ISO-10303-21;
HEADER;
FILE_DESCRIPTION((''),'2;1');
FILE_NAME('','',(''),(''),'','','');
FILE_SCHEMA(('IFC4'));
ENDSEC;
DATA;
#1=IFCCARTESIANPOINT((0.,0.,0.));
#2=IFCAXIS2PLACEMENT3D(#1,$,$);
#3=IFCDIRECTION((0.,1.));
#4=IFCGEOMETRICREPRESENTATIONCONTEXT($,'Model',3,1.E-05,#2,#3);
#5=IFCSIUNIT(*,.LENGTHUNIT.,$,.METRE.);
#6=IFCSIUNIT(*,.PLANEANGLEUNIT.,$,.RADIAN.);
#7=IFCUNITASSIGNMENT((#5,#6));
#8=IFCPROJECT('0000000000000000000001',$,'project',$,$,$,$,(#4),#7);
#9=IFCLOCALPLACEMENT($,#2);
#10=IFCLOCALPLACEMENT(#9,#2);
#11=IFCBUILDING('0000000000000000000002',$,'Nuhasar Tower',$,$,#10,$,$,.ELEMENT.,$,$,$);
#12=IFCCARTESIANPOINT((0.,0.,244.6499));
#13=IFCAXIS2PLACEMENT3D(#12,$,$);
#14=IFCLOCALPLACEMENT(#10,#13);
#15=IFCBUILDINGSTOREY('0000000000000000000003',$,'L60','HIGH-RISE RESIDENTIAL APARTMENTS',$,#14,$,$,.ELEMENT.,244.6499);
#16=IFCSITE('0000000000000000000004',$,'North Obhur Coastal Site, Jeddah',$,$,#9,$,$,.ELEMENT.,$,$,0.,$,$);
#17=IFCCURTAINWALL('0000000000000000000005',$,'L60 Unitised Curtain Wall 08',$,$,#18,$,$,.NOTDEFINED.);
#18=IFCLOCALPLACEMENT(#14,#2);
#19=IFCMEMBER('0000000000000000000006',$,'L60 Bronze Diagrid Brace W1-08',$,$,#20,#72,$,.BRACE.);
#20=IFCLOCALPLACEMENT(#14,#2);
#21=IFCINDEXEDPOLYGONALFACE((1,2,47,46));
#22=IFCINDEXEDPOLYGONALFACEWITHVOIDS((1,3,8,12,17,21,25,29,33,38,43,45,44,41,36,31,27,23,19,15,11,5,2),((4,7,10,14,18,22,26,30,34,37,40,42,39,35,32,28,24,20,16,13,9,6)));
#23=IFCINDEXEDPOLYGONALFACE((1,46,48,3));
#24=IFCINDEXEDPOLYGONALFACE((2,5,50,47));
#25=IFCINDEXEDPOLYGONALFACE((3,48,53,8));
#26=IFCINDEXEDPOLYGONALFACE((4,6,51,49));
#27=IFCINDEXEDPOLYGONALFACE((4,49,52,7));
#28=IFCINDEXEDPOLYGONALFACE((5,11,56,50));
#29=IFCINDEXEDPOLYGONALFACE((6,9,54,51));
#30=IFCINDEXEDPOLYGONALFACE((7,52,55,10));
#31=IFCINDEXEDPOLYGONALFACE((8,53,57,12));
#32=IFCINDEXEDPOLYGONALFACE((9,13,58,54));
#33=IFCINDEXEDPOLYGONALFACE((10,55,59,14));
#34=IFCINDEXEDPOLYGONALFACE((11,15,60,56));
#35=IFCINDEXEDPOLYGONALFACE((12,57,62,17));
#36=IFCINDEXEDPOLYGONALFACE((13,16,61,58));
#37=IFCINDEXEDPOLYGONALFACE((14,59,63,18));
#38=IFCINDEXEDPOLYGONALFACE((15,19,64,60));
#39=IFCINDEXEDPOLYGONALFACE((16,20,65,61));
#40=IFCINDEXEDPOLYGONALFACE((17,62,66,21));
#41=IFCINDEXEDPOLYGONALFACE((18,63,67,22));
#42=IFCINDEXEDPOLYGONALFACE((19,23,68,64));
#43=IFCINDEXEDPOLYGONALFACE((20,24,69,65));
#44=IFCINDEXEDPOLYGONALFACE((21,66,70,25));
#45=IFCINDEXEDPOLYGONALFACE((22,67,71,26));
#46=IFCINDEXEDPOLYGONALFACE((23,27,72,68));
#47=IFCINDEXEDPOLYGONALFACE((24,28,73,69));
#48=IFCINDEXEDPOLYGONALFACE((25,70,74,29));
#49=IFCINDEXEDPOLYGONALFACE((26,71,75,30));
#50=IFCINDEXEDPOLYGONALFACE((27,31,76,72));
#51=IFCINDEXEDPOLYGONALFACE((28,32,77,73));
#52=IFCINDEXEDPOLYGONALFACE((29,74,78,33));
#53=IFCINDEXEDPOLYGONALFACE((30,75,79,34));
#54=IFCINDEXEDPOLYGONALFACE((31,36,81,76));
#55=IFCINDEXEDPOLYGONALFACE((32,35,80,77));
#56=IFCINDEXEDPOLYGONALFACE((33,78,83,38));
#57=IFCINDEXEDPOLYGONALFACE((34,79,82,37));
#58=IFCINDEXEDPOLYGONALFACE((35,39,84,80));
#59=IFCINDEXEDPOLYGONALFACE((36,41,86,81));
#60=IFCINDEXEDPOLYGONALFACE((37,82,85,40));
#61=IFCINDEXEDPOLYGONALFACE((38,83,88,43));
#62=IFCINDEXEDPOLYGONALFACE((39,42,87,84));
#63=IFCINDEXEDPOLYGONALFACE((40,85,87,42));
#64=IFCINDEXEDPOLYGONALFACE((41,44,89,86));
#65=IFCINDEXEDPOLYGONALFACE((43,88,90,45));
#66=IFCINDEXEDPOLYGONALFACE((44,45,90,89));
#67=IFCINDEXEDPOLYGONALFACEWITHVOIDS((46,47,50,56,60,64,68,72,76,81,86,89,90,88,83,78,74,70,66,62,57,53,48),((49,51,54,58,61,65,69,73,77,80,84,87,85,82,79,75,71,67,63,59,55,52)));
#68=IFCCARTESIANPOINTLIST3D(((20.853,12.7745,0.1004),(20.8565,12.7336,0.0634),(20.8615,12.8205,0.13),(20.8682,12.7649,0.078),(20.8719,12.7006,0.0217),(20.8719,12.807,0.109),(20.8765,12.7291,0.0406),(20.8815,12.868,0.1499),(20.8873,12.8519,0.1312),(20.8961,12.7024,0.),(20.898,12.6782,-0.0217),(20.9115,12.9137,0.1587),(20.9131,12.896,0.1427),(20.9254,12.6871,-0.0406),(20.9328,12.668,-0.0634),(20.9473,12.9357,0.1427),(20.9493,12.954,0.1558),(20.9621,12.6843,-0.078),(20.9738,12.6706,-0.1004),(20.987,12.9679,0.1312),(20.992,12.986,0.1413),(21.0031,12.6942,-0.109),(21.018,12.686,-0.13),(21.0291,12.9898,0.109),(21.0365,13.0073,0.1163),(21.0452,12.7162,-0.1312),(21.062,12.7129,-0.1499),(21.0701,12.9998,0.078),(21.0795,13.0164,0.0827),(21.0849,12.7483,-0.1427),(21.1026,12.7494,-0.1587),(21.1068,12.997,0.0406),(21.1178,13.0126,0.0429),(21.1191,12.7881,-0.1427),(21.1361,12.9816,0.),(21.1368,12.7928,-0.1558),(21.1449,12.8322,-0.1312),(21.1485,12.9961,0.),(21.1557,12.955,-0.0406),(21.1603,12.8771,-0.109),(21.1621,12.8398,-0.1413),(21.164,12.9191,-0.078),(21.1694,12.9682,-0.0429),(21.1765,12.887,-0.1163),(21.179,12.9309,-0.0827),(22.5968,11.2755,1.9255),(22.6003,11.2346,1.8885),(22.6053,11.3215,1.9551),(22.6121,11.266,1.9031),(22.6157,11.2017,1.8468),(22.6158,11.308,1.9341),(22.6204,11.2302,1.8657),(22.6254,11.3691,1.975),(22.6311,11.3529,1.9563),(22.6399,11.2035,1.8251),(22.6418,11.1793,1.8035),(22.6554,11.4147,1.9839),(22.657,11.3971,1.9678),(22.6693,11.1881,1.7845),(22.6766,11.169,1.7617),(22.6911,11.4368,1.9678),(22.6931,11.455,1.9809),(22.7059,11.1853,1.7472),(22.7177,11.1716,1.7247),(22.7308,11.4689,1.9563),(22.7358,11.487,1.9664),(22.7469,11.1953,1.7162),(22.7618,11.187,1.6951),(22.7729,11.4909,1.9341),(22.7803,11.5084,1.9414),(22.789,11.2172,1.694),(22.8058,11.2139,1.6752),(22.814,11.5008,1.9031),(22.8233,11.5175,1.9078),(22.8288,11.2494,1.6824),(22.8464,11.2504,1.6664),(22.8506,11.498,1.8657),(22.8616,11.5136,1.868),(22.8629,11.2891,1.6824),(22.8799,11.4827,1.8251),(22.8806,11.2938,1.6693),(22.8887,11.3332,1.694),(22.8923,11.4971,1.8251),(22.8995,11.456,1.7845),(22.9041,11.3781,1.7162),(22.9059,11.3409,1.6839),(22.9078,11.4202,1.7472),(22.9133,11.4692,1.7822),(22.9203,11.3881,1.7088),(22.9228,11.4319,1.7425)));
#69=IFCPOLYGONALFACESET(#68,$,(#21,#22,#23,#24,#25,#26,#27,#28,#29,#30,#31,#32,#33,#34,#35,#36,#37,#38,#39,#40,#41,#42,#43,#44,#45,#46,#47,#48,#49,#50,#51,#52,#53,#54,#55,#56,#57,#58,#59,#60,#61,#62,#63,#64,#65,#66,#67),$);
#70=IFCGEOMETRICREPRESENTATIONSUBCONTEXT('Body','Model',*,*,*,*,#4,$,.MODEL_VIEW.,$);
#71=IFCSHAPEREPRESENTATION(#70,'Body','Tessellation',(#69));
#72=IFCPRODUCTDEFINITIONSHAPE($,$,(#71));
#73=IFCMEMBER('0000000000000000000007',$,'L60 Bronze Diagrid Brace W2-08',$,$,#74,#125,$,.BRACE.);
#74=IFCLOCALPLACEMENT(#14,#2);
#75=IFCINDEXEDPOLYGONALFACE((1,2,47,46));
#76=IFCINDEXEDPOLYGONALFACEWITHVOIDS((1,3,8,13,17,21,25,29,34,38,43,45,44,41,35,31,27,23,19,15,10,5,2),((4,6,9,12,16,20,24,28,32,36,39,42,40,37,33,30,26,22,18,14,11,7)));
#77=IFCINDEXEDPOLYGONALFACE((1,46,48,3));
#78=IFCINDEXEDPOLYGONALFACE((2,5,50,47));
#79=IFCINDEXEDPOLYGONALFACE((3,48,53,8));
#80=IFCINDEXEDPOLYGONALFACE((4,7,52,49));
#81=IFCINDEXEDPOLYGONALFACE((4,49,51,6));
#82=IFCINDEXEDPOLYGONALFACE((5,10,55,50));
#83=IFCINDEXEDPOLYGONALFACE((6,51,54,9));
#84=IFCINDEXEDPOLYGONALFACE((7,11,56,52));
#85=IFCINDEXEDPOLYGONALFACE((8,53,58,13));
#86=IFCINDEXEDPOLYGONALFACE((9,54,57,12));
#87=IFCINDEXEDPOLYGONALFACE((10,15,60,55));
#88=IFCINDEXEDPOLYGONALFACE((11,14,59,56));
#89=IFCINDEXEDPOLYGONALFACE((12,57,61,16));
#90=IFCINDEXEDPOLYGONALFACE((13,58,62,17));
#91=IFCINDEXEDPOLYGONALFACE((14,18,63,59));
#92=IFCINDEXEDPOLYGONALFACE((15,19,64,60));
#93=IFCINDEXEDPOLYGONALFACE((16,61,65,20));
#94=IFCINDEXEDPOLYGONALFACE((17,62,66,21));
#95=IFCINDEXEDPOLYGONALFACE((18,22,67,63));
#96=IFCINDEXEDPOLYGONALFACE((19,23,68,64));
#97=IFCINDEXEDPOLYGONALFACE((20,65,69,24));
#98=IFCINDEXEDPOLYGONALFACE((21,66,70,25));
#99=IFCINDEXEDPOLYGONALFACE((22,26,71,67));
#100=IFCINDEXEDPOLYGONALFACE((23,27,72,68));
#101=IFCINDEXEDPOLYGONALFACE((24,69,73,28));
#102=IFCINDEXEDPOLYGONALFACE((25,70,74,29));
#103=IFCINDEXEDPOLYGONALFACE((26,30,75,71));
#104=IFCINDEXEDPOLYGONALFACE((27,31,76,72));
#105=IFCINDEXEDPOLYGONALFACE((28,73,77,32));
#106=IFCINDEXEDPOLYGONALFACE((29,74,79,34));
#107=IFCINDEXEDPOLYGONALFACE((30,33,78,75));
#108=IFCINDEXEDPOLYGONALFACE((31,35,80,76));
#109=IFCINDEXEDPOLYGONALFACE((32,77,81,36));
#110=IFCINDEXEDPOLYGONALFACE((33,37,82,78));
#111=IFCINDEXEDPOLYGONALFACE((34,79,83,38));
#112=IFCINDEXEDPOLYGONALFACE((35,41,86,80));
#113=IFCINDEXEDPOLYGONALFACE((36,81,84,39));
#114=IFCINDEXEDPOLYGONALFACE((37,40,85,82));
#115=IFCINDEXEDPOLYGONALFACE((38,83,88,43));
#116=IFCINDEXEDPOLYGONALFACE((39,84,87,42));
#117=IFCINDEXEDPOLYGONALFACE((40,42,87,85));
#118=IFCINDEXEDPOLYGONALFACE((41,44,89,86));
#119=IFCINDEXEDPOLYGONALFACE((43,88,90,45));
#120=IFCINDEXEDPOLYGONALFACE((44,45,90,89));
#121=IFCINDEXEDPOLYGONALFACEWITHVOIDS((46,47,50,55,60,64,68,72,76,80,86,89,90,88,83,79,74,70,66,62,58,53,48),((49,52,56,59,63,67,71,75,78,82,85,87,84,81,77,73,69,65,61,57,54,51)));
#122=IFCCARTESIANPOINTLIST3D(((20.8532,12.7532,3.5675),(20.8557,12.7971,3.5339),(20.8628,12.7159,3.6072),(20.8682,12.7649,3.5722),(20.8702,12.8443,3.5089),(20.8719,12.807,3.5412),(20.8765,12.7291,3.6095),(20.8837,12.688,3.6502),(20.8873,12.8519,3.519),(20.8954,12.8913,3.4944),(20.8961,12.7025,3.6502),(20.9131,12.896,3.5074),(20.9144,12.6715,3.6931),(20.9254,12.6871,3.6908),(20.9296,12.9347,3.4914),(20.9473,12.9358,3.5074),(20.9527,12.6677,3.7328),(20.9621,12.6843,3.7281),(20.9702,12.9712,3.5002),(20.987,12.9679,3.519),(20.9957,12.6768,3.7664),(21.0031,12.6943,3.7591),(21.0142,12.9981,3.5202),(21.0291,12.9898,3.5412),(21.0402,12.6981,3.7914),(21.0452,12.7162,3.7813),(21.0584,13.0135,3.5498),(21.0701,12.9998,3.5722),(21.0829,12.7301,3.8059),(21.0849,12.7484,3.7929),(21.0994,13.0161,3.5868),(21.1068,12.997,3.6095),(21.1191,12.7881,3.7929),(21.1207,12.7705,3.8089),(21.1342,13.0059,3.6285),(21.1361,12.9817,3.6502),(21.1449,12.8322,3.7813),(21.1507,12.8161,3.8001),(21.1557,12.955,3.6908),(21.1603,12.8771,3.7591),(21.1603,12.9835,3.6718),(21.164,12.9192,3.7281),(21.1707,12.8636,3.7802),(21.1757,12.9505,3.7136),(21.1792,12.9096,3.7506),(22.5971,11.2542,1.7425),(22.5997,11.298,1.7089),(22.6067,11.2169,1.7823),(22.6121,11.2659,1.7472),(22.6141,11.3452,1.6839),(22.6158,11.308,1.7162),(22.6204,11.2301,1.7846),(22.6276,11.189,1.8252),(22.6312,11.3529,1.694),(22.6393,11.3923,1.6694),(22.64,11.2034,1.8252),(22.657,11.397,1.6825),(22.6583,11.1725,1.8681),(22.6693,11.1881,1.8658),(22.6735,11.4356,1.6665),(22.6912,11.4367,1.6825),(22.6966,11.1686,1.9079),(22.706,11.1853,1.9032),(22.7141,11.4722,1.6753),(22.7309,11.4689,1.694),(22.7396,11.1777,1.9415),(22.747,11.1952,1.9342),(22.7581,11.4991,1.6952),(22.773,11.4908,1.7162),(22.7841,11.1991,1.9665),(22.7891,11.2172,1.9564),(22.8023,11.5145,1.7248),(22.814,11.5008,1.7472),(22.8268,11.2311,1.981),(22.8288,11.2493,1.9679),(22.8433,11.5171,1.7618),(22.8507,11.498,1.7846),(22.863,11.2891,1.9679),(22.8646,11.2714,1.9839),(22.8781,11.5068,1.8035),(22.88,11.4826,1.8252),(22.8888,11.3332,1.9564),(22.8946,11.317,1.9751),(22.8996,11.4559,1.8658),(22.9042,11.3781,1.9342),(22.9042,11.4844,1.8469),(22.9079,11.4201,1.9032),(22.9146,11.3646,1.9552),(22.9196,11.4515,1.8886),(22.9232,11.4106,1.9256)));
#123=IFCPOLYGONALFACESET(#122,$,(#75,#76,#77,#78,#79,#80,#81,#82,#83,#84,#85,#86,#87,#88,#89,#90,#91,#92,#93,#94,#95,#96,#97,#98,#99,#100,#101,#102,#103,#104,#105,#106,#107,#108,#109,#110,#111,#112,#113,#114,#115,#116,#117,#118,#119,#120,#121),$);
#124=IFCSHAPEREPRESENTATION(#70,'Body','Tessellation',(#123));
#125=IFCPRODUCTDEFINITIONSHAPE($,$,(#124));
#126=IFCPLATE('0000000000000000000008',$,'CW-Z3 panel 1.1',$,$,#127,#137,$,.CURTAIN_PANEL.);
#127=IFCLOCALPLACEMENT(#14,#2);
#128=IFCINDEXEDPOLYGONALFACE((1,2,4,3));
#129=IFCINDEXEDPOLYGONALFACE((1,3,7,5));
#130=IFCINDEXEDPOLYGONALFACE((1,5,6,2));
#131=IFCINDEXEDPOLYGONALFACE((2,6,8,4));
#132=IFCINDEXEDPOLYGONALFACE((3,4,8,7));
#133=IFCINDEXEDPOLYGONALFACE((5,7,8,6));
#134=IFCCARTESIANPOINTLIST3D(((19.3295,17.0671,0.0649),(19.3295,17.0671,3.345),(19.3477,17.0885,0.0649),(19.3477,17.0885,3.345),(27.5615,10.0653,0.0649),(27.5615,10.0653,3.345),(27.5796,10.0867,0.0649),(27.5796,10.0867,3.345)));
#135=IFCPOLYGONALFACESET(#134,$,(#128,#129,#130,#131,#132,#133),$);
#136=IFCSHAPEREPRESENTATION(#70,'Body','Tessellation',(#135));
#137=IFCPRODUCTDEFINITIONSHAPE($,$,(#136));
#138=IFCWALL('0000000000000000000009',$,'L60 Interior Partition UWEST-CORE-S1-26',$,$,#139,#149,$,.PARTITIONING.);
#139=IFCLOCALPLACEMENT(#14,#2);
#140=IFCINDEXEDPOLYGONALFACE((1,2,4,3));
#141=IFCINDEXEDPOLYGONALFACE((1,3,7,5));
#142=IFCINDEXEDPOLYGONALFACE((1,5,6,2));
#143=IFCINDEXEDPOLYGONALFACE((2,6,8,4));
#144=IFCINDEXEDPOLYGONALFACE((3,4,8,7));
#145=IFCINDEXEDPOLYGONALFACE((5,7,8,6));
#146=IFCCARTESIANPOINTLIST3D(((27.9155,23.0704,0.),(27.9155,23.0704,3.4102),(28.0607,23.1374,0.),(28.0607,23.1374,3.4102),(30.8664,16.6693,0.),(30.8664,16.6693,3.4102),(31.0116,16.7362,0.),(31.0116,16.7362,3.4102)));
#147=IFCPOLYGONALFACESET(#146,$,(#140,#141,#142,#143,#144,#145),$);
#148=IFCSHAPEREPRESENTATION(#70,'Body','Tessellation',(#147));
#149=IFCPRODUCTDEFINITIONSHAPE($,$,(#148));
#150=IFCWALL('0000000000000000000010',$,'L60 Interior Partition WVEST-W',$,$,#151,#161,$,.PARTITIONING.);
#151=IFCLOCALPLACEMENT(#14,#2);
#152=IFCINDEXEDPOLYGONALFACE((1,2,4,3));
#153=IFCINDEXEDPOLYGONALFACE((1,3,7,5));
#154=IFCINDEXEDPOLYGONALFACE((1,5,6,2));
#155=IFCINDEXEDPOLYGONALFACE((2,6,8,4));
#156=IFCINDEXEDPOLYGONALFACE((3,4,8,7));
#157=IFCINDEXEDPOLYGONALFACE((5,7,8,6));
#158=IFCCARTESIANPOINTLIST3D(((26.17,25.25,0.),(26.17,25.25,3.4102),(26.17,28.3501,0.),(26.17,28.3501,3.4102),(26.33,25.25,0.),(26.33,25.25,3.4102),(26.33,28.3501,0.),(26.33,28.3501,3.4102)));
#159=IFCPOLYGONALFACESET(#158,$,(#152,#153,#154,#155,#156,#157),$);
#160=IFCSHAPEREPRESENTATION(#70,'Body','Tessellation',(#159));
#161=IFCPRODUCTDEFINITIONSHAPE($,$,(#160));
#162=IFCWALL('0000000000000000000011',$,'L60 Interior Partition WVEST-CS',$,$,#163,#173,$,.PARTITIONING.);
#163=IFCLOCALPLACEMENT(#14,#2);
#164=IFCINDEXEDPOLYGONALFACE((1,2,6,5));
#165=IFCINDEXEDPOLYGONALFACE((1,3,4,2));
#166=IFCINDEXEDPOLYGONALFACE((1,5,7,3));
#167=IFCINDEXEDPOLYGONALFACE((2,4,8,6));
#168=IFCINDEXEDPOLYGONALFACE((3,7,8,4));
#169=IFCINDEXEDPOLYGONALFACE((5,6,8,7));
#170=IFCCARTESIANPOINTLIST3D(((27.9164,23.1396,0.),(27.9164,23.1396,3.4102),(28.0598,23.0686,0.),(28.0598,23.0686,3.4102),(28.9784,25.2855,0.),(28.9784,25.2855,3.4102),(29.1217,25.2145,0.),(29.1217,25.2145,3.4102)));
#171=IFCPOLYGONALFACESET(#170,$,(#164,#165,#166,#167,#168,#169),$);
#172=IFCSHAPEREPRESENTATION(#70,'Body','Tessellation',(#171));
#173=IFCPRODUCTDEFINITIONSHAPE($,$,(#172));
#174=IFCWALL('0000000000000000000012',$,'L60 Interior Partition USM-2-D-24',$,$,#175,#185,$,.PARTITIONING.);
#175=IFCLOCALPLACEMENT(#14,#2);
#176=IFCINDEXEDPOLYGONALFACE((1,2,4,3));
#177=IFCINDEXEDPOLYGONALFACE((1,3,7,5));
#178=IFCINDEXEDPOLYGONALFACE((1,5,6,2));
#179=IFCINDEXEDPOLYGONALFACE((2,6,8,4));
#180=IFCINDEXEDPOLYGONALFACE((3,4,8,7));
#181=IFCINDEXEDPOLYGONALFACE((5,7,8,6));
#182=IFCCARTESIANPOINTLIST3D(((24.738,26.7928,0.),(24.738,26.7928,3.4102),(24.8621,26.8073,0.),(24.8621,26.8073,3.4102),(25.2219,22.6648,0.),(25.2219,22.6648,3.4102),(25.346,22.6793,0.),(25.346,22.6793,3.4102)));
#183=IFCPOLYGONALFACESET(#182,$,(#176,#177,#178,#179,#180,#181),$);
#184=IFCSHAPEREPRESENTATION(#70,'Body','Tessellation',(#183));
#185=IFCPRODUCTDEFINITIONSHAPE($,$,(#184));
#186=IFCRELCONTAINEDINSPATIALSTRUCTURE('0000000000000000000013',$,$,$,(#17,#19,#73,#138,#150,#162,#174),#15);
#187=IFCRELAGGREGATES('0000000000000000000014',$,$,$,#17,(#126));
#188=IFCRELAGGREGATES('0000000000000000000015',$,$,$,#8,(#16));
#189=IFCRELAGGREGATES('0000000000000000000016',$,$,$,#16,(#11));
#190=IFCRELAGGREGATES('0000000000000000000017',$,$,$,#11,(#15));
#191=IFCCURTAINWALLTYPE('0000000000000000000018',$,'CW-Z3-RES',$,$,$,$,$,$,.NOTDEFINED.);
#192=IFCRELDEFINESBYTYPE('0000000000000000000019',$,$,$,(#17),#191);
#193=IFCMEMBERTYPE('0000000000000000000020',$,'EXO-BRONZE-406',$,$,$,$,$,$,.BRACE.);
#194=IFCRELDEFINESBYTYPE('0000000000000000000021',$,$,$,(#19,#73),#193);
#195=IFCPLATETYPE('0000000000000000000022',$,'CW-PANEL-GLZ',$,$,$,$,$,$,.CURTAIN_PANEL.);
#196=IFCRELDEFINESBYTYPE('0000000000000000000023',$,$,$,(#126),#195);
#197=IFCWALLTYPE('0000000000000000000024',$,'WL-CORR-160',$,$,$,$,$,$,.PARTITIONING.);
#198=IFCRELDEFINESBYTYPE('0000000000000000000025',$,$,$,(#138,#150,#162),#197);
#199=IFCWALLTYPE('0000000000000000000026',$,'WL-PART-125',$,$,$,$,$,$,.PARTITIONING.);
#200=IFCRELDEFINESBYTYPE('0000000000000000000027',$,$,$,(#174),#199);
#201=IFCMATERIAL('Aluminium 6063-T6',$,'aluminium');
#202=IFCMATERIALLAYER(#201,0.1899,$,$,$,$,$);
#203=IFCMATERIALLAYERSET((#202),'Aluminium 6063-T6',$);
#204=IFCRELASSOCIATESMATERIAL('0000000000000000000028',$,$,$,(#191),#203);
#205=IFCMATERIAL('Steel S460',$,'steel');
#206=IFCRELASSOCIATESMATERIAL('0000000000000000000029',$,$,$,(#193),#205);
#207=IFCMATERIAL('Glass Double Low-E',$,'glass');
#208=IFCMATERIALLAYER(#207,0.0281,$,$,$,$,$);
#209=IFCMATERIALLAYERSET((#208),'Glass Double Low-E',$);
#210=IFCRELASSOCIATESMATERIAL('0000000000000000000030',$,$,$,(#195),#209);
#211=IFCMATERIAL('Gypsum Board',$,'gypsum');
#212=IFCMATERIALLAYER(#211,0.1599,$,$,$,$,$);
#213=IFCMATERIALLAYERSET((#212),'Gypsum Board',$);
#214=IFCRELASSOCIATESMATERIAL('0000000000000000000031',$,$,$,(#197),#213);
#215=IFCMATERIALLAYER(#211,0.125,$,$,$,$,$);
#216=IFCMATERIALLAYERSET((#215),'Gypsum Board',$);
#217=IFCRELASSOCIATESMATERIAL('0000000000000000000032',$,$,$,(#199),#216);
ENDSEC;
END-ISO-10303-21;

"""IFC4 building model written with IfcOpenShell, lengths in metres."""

from ifc_helpers import new_model, si_unit, direction, frame, frame_2d, origin, origin_2d, place, context, subcontext, project, spatial, rectangle, hollow_circle, extrude, material, layer, layer_set, material_profile, profile_set, type_object, element, aggregate, save


model = new_model("IFC4")

# Units and contexts
model_context = context("Model", 3, precision=1e-05, world=origin(), true_north=direction((0.0, 1.0)))
body_context = subcontext(model_context, "Body", "Model", "MODEL_VIEW")
ifc_project = project(units=[si_unit("LENGTHUNIT", "METRE"), si_unit("PLANEANGLEUNIT", "RADIAN")], contexts=[model_context])

# Site, building, storey
site_placement = place(None, origin())
site = spatial("IfcSite", under=ifc_project, at=site_placement, Name="North Obhur Coastal Site, Jeddah", CompositionType="ELEMENT", RefElevation=0.0)
building_placement = place(site_placement, origin())
building = spatial("IfcBuilding", under=site, at=building_placement, Name="Nuhasar Tower", CompositionType="ELEMENT")
storey_placement = place(building_placement, frame((0.0, 0.0, 244.6499)))
storey = spatial("IfcBuildingStorey", under=building, at=storey_placement, Name="L60", Description="HIGH-RISE RESIDENTIAL APARTMENTS", CompositionType="ELEMENT", Elevation=244.6499)

# Curtain wall
ifc_material_1 = material(Name="Aluminium 6063-T6", Category="aluminium")
ifc_layer_1 = layer(ifc_material_1, 0.1899)
ifc_layer_set_1 = layer_set([ifc_layer_1], Name="Aluminium 6063-T6")
curtain_wall_type = type_object("IfcCurtainWallType", Name="CW-Z3-RES", PredefinedType="NOTDEFINED", material=ifc_layer_set_1)
curtain_wall_1_placement = place(storey_placement, origin())
curtain_wall_1 = element("IfcCurtainWall", 1, at=curtain_wall_1_placement, inside=storey, type_object=curtain_wall_type, Name="L60 Unitised Curtain Wall 08", PredefinedType="NOTDEFINED")

# Members
ifc_material_2 = material(Name="Steel S460", Category="steel")
ifc_material_profile_1 = material_profile(ifc_material_2, hollow_circle(Radius=0.2031, WallThickness=0.019, at=origin_2d()), Name="HSS406.4X19.1")
ifc_profile_set_1 = profile_set([ifc_material_profile_1], Name="Steel S460")
member_type_1 = type_object("IfcMemberType", Name="EXO-BRONZE-406", PredefinedType="BRACE", material=ifc_profile_set_1)
for number, where, z_axis, x_axis, name in (
    (2, (21.0161, 12.842, 0.0), (0.593988, -0.510582, 0.621679), (0.651857, 0.758342, 0.0), "L60 Bronze Diagrid Brace W1-08"),
    (3, (22.76, 11.343, 1.8252), (-0.594019, 0.510608, 0.621628), (-0.651857, -0.758342, 0.0), "L60 Bronze Diagrid Brace W2-08"),
):
    element("IfcMember", number, at=place(storey_placement, frame(where, z_axis=z_axis, x_axis=x_axis)), inside=storey, type_object=member_type_1, Name=name, PredefinedType="BRACE", context=body_context, shape_type="SweptSolid", body=[
        extrude(hollow_circle(Radius=0.2031, WallThickness=0.019, at=origin_2d()), origin(), (0.0, 0.0, 1.0), 2.9358),
    ])

# Plate
ifc_material_3 = material(Name="Glass Double Low-E", Category="glass")
ifc_layer_2 = layer(ifc_material_3, 0.0281)
ifc_layer_set_2 = layer_set([ifc_layer_2], Name="Glass Double Low-E")
plate_type = type_object("IfcPlateType", Name="CW-PANEL-GLZ", PredefinedType="CURTAIN_PANEL", material=ifc_layer_set_2)
plate_placement = place(storey_placement, frame((23.4546, 13.5769, 0.0649), z_axis=(0.0, 0.0, 1.0), x_axis=(0.761729, -0.647895, 0.0)))
plate = element("IfcPlate", 4, at=plate_placement, type_object=plate_type, Name="CW-Z3 panel 1.1", PredefinedType="CURTAIN_PANEL", context=body_context, shape_type="SweptSolid", body=[
    extrude(rectangle(XDim=10.8069, YDim=0.0281, at=origin_2d()), origin(), (0.0, 0.0, 1.0), 3.28),
])
aggregate(curtain_wall_1, [plate])

# Wall
ifc_material_4 = material(Name="Gypsum Board", Category="gypsum")
ifc_layer_3 = layer(ifc_material_4, 0.1599)
ifc_layer_set_3 = layer_set([ifc_layer_3], Name="Gypsum Board")
wall_type_1 = type_object("IfcWallType", Name="WL-CORR-160", PredefinedType="PARTITIONING", material=ifc_layer_set_3)
wall_1_placement = place(storey_placement, frame((27.988, 23.104, 0.0), z_axis=(0.0, 0.0, 1.0), x_axis=(0.418656, -0.908145, 0.0)))
element("IfcWall", 5, at=wall_1_placement, inside=storey, type_object=wall_type_1, Name="L60 Interior Partition UWEST-CORE-S1-26", PredefinedType="PARTITIONING", context=body_context, shape_type="SweptSolid", body=[
    extrude(rectangle(XDim=7.0486, YDim=0.1599, at=frame_2d((3.5244, 0.0))), origin(), (0.0, 0.0, 1.0), 3.4102),
])

# Walls
wall_2_placement = place(storey_placement, frame((26.25, 25.25, 0.0), z_axis=(0.0, 0.0, 1.0), x_axis=(0.0, 1.0, 0.0)))
element("IfcWall", 6, at=wall_2_placement, inside=storey, type_object=wall_type_1, Name="L60 Interior Partition WVEST-W", PredefinedType="PARTITIONING", context=body_context, shape_type="SweptSolid", body=[
    extrude(rectangle(XDim=3.1001, YDim=0.1599, at=frame_2d((1.55, 0.0))), origin(), (0.0, 0.0, 1.0), 3.4102),
])
wall_3_placement = place(storey_placement, frame((27.988, 23.104, 0.0), z_axis=(0.0, 0.0, 1.0), x_axis=(0.443539, 0.896255, 0.0)))
element("IfcWall", 7, at=wall_3_placement, inside=storey, type_object=wall_type_1, Name="L60 Interior Partition WVEST-CS", PredefinedType="PARTITIONING", context=body_context, shape_type="SweptSolid", body=[
    extrude(rectangle(XDim=2.3943, YDim=0.1599, at=frame_2d((1.1973, 0.0))), origin(), (0.0, 0.0, 1.0), 3.4102),
])
ifc_layer_4 = layer(ifc_material_4, 0.125)
ifc_layer_set_4 = layer_set([ifc_layer_4], Name="Gypsum Board")
wall_type_2 = type_object("IfcWallType", Name="WL-PART-125", PredefinedType="PARTITIONING", material=ifc_layer_set_4)
wall_4_placement = place(storey_placement, frame((24.8, 26.8, 0.0), z_axis=(0.0, 0.0, 1.0), x_axis=(0.116425, -0.993199, 0.0)))
element("IfcWall", 8, at=wall_4_placement, inside=storey, type_object=wall_type_2, Name="L60 Interior Partition USM-2-D-24", PredefinedType="PARTITIONING", context=body_context, shape_type="SweptSolid", body=[
    extrude(rectangle(XDim=4.1562, YDim=0.125, at=frame_2d((2.0781, 0.0))), origin(), (0.0, 0.0, 1.0), 3.4102),
])

save(model, "model.ifc")
